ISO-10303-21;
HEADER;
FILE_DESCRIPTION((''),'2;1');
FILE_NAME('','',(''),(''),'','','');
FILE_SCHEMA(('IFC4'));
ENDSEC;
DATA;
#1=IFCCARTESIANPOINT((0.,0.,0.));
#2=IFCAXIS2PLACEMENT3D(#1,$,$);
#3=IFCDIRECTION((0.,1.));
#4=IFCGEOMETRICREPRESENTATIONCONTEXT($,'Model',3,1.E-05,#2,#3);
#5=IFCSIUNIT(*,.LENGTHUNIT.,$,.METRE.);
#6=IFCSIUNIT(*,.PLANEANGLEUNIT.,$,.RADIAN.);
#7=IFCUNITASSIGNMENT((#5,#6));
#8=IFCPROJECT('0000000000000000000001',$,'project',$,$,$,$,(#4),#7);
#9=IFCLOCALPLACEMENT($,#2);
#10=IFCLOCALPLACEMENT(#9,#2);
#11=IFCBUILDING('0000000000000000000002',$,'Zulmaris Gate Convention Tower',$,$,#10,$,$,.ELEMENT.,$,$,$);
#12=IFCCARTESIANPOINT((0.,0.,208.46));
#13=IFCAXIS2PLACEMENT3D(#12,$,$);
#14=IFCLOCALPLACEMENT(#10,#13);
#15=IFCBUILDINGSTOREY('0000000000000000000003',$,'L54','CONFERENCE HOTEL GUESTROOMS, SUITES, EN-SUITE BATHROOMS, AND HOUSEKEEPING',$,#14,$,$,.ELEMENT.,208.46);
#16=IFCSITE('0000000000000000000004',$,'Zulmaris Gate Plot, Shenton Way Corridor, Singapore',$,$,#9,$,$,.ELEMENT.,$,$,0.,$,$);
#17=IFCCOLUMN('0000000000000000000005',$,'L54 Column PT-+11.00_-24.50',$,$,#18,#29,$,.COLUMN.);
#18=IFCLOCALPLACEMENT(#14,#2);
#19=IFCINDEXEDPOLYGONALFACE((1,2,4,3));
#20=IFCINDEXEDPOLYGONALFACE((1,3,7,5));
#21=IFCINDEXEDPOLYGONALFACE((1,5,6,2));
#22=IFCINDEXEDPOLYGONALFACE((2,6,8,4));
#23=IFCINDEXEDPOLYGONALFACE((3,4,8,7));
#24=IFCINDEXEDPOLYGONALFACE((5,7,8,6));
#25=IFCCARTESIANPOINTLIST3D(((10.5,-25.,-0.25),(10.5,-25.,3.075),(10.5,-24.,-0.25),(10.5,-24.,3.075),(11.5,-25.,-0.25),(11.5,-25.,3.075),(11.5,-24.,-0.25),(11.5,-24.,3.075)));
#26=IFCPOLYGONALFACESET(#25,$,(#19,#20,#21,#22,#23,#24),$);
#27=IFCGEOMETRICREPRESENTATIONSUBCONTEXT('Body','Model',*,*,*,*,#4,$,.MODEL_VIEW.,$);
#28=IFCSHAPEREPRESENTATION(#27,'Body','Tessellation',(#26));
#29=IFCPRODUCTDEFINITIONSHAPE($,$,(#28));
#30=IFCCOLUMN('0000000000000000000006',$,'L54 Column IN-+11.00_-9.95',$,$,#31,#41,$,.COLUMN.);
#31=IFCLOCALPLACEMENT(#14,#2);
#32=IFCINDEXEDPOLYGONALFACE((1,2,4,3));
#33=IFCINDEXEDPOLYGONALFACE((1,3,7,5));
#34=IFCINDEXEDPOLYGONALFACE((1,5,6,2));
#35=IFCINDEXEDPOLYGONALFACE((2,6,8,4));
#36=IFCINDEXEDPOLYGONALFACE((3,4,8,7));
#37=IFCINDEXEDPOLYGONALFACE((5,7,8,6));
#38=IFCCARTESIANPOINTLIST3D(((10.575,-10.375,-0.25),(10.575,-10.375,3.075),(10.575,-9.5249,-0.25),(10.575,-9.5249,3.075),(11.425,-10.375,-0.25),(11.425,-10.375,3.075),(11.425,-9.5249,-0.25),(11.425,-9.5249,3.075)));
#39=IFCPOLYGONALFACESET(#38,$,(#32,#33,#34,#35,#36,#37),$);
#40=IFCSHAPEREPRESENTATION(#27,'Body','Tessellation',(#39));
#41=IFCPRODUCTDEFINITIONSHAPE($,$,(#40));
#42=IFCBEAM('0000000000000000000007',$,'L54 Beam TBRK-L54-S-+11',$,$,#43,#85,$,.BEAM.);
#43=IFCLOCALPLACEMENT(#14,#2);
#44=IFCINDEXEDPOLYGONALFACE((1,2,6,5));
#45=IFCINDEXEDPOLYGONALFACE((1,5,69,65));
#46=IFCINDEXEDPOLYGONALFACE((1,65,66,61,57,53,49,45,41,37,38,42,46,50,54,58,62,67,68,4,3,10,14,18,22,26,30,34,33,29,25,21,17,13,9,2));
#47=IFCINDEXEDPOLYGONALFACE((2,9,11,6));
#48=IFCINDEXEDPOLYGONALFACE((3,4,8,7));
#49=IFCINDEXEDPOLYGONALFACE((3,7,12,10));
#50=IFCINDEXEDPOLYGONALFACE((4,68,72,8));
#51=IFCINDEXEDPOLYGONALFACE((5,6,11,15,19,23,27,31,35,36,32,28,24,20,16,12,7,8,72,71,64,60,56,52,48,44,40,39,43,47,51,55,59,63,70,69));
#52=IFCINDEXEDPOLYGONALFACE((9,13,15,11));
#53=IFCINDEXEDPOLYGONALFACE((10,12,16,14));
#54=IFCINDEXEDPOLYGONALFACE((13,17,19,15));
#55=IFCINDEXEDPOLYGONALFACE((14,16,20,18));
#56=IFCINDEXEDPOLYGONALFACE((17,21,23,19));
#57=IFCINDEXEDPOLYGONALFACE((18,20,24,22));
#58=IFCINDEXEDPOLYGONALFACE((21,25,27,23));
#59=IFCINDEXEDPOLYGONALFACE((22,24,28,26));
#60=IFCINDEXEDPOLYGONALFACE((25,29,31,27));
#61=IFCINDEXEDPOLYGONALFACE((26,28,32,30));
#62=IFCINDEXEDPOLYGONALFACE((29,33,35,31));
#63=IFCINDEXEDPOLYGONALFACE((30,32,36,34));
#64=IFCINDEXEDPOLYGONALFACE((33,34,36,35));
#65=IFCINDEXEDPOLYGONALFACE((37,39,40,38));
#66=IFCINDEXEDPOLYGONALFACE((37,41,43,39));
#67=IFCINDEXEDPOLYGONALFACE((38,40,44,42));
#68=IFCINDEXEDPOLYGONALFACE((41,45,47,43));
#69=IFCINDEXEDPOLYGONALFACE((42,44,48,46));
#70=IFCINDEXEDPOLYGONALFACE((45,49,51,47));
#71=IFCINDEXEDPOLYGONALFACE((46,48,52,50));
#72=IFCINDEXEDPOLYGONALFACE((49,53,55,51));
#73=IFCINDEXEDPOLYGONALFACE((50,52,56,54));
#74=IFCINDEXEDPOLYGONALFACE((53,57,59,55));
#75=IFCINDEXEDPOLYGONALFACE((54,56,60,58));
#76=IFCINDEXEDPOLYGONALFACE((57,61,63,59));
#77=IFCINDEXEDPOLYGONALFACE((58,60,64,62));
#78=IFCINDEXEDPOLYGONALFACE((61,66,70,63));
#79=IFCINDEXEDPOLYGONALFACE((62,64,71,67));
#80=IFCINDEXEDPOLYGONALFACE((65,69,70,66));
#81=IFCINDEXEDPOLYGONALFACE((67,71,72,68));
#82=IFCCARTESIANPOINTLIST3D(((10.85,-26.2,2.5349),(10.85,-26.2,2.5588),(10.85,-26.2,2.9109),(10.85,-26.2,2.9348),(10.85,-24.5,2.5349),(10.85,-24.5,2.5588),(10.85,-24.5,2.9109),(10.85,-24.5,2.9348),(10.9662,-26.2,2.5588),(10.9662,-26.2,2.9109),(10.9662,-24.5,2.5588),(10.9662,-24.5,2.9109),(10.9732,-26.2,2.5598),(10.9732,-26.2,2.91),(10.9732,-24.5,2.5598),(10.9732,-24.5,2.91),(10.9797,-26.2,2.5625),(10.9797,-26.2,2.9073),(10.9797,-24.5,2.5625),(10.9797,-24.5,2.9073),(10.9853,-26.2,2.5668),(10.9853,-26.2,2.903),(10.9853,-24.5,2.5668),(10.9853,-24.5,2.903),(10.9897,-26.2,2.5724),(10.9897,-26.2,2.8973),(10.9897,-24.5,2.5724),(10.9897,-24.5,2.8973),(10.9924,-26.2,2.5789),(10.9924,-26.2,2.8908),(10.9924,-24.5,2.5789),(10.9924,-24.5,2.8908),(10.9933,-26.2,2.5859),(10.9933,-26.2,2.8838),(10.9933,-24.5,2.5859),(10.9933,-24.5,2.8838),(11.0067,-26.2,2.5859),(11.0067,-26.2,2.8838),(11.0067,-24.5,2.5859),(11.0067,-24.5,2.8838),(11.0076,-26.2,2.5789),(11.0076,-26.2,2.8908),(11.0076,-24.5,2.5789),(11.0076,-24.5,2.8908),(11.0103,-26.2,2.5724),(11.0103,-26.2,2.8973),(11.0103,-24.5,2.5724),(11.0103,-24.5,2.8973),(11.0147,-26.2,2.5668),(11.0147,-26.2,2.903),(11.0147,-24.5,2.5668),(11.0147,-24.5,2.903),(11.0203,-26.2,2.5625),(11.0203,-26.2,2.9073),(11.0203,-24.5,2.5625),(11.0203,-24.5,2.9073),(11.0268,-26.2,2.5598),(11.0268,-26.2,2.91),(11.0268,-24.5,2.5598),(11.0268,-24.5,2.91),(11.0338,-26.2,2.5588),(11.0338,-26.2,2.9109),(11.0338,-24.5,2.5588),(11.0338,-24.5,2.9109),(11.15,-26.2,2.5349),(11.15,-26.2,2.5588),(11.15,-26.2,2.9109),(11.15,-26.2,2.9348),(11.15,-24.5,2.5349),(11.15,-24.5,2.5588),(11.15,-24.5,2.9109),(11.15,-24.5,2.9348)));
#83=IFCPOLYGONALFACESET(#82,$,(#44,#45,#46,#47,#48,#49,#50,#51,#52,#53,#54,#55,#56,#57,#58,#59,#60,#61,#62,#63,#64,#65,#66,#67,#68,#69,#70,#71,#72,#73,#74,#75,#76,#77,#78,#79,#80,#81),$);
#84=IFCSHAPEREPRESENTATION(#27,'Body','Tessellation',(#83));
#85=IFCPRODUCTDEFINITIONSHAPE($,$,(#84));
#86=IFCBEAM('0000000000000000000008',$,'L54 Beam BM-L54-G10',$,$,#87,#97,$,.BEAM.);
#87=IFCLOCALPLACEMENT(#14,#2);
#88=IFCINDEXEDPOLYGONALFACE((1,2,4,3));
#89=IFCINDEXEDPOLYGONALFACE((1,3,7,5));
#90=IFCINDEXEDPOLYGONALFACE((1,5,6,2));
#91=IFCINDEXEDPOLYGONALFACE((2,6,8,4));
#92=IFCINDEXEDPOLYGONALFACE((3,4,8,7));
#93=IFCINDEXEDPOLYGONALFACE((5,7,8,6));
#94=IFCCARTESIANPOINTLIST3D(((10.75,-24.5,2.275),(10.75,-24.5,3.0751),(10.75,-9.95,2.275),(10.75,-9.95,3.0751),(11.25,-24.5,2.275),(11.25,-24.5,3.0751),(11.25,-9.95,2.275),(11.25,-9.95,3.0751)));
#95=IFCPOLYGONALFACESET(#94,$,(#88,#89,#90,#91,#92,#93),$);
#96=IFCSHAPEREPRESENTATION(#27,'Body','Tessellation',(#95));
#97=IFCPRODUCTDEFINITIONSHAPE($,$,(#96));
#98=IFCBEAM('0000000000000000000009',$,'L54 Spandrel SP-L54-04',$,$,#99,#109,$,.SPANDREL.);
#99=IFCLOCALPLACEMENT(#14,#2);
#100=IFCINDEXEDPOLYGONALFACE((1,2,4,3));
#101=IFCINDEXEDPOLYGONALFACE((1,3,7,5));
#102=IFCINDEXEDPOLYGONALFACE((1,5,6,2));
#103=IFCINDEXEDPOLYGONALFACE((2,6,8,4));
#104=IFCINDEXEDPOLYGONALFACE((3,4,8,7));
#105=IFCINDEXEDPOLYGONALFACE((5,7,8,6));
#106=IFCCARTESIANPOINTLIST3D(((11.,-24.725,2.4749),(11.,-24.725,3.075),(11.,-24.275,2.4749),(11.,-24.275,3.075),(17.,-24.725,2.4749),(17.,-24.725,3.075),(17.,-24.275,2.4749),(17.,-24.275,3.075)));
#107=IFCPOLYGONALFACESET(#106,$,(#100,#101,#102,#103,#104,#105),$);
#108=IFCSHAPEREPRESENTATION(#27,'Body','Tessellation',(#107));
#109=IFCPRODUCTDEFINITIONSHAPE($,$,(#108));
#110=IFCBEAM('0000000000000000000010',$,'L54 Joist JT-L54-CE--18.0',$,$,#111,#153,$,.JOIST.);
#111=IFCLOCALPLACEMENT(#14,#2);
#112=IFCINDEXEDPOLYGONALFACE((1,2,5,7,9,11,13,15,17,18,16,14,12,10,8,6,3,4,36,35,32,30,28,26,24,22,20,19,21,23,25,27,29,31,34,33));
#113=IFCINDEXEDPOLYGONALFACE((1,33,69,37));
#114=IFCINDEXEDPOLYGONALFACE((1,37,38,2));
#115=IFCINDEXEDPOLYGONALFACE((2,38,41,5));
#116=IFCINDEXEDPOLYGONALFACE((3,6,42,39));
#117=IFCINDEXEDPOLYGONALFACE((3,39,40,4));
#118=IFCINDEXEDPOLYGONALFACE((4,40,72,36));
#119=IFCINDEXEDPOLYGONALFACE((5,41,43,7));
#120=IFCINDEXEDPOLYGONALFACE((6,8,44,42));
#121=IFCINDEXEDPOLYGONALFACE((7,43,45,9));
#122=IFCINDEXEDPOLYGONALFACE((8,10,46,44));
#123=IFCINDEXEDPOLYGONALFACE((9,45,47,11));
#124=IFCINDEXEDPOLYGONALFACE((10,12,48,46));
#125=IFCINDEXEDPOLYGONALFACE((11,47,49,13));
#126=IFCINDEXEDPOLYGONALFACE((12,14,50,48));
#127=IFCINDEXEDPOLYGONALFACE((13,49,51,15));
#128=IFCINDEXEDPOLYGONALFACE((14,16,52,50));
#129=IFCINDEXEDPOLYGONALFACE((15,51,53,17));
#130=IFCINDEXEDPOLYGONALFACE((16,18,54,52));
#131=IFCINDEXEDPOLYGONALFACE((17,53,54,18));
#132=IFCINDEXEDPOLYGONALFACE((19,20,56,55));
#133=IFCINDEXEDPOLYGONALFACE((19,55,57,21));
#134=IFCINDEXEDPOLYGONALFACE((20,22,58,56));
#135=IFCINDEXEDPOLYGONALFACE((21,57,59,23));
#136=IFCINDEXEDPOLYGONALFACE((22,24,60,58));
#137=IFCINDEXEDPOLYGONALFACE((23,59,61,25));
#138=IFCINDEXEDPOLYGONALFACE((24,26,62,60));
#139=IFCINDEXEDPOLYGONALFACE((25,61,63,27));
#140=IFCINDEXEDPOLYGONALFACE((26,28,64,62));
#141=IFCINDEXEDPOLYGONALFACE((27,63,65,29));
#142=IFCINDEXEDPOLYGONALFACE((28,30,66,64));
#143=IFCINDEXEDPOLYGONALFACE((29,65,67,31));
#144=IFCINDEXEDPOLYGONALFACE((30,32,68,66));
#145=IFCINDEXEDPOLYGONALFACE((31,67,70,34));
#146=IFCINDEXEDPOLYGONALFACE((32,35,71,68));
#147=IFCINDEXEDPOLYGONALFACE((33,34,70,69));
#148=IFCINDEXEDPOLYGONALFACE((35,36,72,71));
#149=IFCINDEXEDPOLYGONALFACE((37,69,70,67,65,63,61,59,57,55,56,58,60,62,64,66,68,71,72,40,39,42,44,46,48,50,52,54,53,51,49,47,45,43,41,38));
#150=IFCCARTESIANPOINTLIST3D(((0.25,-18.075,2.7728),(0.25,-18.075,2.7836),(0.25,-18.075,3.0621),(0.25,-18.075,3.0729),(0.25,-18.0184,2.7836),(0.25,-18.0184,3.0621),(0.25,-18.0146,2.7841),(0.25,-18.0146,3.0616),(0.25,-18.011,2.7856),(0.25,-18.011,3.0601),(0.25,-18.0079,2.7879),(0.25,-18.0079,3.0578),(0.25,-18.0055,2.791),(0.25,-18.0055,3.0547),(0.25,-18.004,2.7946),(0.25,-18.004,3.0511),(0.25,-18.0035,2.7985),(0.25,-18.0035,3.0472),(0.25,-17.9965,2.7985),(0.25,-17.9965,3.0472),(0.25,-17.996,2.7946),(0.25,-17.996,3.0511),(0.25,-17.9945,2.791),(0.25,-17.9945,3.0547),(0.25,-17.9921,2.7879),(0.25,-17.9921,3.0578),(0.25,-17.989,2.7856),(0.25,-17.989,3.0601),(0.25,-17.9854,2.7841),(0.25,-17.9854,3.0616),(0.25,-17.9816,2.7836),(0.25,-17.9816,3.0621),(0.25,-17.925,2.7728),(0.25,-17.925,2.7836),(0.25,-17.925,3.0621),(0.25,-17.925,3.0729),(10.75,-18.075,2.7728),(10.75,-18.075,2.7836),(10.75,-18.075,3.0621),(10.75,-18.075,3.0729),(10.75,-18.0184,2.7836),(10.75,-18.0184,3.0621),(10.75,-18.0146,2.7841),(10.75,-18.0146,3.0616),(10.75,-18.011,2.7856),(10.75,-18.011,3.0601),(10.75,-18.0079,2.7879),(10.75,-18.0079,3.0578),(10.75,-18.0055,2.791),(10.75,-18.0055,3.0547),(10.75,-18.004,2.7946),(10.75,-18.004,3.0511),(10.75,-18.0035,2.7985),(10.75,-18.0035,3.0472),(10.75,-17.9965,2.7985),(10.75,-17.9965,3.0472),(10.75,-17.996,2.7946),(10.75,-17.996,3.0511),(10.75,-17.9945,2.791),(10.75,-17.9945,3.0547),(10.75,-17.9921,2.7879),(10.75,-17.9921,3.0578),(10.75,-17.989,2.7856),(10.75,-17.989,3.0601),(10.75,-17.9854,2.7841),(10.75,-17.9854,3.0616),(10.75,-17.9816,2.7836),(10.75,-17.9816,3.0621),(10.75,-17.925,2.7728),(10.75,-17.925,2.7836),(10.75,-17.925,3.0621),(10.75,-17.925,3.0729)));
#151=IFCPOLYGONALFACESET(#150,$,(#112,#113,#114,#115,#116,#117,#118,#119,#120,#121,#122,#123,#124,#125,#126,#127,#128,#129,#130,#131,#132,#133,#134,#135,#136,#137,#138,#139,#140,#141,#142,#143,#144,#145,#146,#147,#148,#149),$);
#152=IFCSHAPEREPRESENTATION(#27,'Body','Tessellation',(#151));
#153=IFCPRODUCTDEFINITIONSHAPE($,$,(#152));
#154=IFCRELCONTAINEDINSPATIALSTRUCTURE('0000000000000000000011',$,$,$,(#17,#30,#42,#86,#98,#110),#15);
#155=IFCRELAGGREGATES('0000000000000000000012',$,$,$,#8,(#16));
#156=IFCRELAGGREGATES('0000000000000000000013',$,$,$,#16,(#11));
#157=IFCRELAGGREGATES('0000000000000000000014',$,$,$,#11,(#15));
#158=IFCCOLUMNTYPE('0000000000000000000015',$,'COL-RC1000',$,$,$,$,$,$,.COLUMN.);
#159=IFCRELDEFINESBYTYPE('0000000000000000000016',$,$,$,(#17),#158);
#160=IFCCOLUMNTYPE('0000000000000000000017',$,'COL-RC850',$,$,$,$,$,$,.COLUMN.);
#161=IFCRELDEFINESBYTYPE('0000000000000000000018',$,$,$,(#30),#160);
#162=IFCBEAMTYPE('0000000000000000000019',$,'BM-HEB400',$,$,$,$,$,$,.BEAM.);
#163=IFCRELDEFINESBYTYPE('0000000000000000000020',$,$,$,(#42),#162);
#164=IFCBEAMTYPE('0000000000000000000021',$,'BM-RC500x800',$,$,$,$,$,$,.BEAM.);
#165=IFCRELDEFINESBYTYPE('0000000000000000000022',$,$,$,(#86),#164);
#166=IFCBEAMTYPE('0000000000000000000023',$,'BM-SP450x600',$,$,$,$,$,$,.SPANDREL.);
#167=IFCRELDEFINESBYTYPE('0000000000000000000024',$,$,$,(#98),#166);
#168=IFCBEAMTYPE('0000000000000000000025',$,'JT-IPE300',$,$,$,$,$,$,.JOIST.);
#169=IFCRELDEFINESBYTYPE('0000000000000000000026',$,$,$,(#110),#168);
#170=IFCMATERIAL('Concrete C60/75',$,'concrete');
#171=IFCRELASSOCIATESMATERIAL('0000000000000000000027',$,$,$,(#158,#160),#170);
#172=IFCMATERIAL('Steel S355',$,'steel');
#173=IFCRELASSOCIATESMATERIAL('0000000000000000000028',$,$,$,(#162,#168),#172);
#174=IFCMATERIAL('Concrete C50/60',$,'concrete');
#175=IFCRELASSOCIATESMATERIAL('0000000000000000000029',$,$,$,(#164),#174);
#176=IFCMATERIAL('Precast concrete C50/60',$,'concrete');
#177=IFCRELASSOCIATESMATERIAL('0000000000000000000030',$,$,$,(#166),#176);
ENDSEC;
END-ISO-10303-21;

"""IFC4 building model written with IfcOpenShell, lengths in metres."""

from ifc_helpers import new_model, si_unit, direction, frame, origin, origin_2d, place, context, subcontext, project, spatial, rectangle, i_section, extrude, material, material_profile, profile_set, type_object, element, save


model = new_model("IFC4")

# Units and contexts
model_context = context("Model", 3, precision=1e-05, world=origin(), true_north=direction((0.0, 1.0)))
body_context = subcontext(model_context, "Body", "Model", "MODEL_VIEW")
ifc_project = project(units=[si_unit("LENGTHUNIT", "METRE"), si_unit("PLANEANGLEUNIT", "RADIAN")], contexts=[model_context])

# Site, building, storey
site_placement = place(None, origin())
site = spatial("IfcSite", under=ifc_project, at=site_placement, Name="Zulmaris Gate Plot, Shenton Way Corridor, Singapore", CompositionType="ELEMENT", RefElevation=0.0)
building_placement = place(site_placement, origin())
building = spatial("IfcBuilding", under=site, at=building_placement, Name="Zulmaris Gate Convention Tower", CompositionType="ELEMENT")
storey_placement = place(building_placement, frame((0.0, 0.0, 208.46)))
storey = spatial("IfcBuildingStorey", under=building, at=storey_placement, Name="L54", Description="CONFERENCE HOTEL GUESTROOMS, SUITES, EN-SUITE BATHROOMS, AND HOUSEKEEPING", CompositionType="ELEMENT", Elevation=208.46)

# Columns
ifc_material_1 = material(Name="Concrete C60/75", Category="concrete")
ifc_material_profile_1 = material_profile(ifc_material_1, rectangle(XDim=1.0, YDim=1.0, at=origin_2d()), Name="RC COL 1000x1000")
ifc_profile_set_1 = profile_set([ifc_material_profile_1], Name="Concrete C60/75")
column_type_1 = type_object("IfcColumnType", Name="COL-RC1000", PredefinedType="COLUMN", material=ifc_profile_set_1)
column_1_placement = place(storey_placement, frame((11.0, -24.5, -0.25), z_axis=(0.0, 0.0, 1.0), x_axis=(1.0, 0.0, 0.0)))
element("IfcColumn", 1, at=column_1_placement, inside=storey, type_object=column_type_1, Name="L54 Column PT-+11.00_-24.50", PredefinedType="COLUMN", context=body_context, shape_type="SweptSolid", body=[
    extrude(rectangle(XDim=1.0, YDim=1.0, at=origin_2d()), origin(), (0.0, 0.0, 1.0), 3.325),
])
ifc_material_profile_2 = material_profile(ifc_material_1, rectangle(XDim=0.8501, YDim=0.8501, at=origin_2d()), Name="RC COL 850x850")
ifc_profile_set_2 = profile_set([ifc_material_profile_2], Name="Concrete C60/75")
column_type_2 = type_object("IfcColumnType", Name="COL-RC850", PredefinedType="COLUMN", material=ifc_profile_set_2)
column_2_placement = place(storey_placement, frame((11.0, -9.95, -0.25), z_axis=(0.0, 0.0, 1.0), x_axis=(1.0, 0.0, 0.0)))
element("IfcColumn", 2, at=column_2_placement, inside=storey, type_object=column_type_2, Name="L54 Column IN-+11.00_-9.95", PredefinedType="COLUMN", context=body_context, shape_type="SweptSolid", body=[
    extrude(rectangle(XDim=0.8501, YDim=0.8501, at=origin_2d()), origin(), (0.0, 0.0, 1.0), 3.325),
])

# Beams
ifc_material_2 = material(Name="Steel S355", Category="steel")
ifc_material_profile_3 = material_profile(ifc_material_2, i_section(OverallWidth=0.3, OverallDepth=0.3999, WebThickness=0.0134, FlangeThickness=0.0239, FilletRadius=0.0271, at=origin_2d()), Name="HEB 400")
ifc_profile_set_3 = profile_set([ifc_material_profile_3], Name="Steel S355")
beam_type_1 = type_object("IfcBeamType", Name="BM-HEB400", PredefinedType="BEAM", material=ifc_profile_set_3)
beam_1_placement = place(storey_placement, frame((11.0, -26.2, 2.7349), z_axis=(0.0, 1.0, 0.0), x_axis=(-1.0, 0.0, 0.0)))
element("IfcBeam", 3, at=beam_1_placement, inside=storey, type_object=beam_type_1, Name="L54 Beam TBRK-L54-S-+11", PredefinedType="BEAM", context=body_context, shape_type="SweptSolid", body=[
    extrude(i_section(OverallWidth=0.3, OverallDepth=0.3999, WebThickness=0.0134, FlangeThickness=0.0239, FilletRadius=0.0271, at=origin_2d()), origin(), (0.0, 0.0, 1.0), 1.7),
])
ifc_material_3 = material(Name="Concrete C50/60", Category="concrete")
ifc_material_profile_4 = material_profile(ifc_material_3, rectangle(XDim=0.5, YDim=0.8, at=origin_2d()), Name="RC BEAM 500x800")
ifc_profile_set_4 = profile_set([ifc_material_profile_4], Name="Concrete C50/60")
beam_type_2 = type_object("IfcBeamType", Name="BM-RC500x800", PredefinedType="BEAM", material=ifc_profile_set_4)
beam_2_placement = place(storey_placement, frame((11.0, -24.5, 2.675), z_axis=(0.0, 1.0, 0.0), x_axis=(-1.0, 0.0, 0.0)))
element("IfcBeam", 4, at=beam_2_placement, inside=storey, type_object=beam_type_2, Name="L54 Beam BM-L54-G10", PredefinedType="BEAM", context=body_context, shape_type="SweptSolid", body=[
    extrude(rectangle(XDim=0.5, YDim=0.8, at=origin_2d()), origin(), (0.0, 0.0, 1.0), 14.55),
])
ifc_material_4 = material(Name="Precast concrete C50/60", Category="concrete")
ifc_material_profile_5 = material_profile(ifc_material_4, rectangle(XDim=0.45, YDim=0.6001, at=origin_2d()), Name="RC SPANDREL 450x600")
ifc_profile_set_5 = profile_set([ifc_material_profile_5], Name="Precast concrete C50/60")
beam_type_3 = type_object("IfcBeamType", Name="BM-SP450x600", PredefinedType="SPANDREL", material=ifc_profile_set_5)
beam_3_placement = place(storey_placement, frame((11.0, -24.5, 2.7749), z_axis=(1.0, 0.0, 0.0), x_axis=(0.0, 1.0, 0.0)))
element("IfcBeam", 5, at=beam_3_placement, inside=storey, type_object=beam_type_3, Name="L54 Spandrel SP-L54-04", PredefinedType="SPANDREL", context=body_context, shape_type="SweptSolid", body=[
    extrude(rectangle(XDim=0.45, YDim=0.6001, at=origin_2d()), origin(), (0.0, 0.0, 1.0), 6.0),
])
ifc_material_profile_6 = material_profile(ifc_material_2, i_section(OverallWidth=0.1499, OverallDepth=0.3, WebThickness=0.0071, FlangeThickness=0.0107, FilletRadius=0.0149, at=origin_2d()), Name="IPE 300")
ifc_profile_set_6 = profile_set([ifc_material_profile_6], Name="Steel S355")
beam_type_4 = type_object("IfcBeamType", Name="JT-IPE300", PredefinedType="JOIST", material=ifc_profile_set_6)
for number, where, z_axis, x_axis, name in (
    (6, (0.25, -18.0, 2.9229), (1.0, 0.0, 0.0), (0.0, 1.0, 0.0), "L54 Joist JT-L54-CE--18.0"),
):
    element("IfcBeam", number, at=place(storey_placement, frame(where, z_axis=z_axis, x_axis=x_axis)), inside=storey, type_object=beam_type_4, Name=name, PredefinedType="JOIST", context=body_context, shape_type="SweptSolid", body=[
        extrude(i_section(OverallWidth=0.1499, OverallDepth=0.3, WebThickness=0.0071, FlangeThickness=0.0107, FilletRadius=0.0149, at=origin_2d()), origin(), (0.0, 0.0, 1.0), 10.5),
    ])

save(model, "model.ifc")
